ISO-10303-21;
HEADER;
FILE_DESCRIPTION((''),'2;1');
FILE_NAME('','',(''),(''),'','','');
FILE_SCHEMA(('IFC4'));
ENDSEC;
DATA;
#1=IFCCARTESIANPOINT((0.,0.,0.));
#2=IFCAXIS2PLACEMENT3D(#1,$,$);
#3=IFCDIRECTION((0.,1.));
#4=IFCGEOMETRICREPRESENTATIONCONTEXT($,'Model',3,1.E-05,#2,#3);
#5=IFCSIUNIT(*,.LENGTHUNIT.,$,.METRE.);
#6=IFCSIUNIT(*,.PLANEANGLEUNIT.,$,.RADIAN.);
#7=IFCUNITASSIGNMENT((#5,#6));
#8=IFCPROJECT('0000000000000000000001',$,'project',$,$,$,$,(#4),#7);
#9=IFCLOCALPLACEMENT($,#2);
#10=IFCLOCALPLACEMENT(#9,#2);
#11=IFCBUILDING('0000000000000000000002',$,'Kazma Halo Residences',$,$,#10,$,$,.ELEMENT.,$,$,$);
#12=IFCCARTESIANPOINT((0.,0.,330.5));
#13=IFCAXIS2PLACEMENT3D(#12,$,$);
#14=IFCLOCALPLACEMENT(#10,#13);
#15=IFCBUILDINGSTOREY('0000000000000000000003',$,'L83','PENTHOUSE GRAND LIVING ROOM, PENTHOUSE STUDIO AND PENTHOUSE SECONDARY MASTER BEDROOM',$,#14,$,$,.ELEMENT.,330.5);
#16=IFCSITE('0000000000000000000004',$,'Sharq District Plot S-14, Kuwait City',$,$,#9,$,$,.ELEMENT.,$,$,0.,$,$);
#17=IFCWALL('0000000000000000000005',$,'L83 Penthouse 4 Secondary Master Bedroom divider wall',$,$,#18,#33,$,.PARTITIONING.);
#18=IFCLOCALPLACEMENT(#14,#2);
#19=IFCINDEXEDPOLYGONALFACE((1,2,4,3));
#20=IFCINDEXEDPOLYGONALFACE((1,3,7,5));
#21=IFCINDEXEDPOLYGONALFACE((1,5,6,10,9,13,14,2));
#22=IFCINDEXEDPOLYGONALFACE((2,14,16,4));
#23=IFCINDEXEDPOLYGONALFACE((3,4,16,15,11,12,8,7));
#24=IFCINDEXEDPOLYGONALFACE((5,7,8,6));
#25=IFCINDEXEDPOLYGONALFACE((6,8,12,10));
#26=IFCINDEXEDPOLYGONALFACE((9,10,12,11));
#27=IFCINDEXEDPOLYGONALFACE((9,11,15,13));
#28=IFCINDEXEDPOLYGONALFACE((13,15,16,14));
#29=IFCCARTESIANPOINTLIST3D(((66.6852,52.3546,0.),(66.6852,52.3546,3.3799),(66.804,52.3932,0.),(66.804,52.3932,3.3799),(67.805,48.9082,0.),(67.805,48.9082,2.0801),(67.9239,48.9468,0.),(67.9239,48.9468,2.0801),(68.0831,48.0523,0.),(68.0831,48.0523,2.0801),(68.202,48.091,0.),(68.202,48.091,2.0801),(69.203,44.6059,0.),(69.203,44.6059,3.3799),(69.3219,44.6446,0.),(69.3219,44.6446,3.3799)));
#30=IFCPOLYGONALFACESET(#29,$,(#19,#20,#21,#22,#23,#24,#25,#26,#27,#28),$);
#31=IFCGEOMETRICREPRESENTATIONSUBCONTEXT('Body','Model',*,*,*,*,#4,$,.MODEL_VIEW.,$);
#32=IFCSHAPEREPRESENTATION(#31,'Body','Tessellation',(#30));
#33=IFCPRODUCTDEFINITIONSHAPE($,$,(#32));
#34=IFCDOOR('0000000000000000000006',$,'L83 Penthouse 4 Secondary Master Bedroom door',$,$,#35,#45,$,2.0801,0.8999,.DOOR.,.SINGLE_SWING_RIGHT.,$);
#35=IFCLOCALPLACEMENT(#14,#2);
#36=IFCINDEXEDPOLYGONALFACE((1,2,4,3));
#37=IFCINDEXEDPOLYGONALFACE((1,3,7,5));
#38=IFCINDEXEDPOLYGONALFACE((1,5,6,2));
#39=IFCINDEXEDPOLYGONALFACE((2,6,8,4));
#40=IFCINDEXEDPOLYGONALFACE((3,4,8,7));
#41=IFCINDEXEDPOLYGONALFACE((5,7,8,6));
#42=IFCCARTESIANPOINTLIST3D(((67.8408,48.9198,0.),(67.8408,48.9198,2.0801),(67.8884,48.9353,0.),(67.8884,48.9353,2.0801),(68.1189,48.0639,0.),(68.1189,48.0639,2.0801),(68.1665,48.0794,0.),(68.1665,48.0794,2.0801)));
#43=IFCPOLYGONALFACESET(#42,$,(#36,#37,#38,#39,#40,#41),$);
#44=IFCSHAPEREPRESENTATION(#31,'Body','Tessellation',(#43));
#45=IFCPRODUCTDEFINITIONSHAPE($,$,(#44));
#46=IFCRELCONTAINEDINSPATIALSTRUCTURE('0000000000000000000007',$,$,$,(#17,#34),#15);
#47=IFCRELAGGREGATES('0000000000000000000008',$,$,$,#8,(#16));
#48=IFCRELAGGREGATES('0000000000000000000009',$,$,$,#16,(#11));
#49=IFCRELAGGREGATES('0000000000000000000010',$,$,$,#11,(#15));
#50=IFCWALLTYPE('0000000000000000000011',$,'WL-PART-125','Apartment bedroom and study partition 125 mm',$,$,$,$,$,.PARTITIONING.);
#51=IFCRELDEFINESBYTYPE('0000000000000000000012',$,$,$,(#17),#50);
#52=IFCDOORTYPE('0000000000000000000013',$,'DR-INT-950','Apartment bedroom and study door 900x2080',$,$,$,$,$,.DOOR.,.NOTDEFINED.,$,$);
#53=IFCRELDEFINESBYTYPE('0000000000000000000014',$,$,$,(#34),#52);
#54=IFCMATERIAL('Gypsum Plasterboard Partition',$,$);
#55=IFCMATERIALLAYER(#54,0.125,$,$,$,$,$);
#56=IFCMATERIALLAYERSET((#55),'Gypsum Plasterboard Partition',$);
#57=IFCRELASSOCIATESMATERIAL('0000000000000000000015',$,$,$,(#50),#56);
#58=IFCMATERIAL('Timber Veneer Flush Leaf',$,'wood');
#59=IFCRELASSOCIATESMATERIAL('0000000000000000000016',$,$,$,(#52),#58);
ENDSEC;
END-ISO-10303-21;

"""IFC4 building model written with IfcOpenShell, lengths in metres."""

from ifc_helpers import new_model, si_unit, direction, frame, frame_2d, origin, place, context, subcontext, project, spatial, rectangle, extrude, material, layer, layer_set, type_object, element, fill, save


model = new_model("IFC4")

# Units and contexts
model_context = context("Model", 3, precision=1e-05, world=origin(), true_north=direction((0.0, 1.0)))
body_context = subcontext(model_context, "Body", "Model", "MODEL_VIEW")
ifc_project = project(units=[si_unit("LENGTHUNIT", "METRE"), si_unit("PLANEANGLEUNIT", "RADIAN")], contexts=[model_context])

# Site, building, storey
site_placement = place(None, origin())
site = spatial("IfcSite", under=ifc_project, at=site_placement, Name="Sharq District Plot S-14, Kuwait City", CompositionType="ELEMENT", RefElevation=0.0)
building_placement = place(site_placement, origin())
building = spatial("IfcBuilding", under=site, at=building_placement, Name="Kazma Halo Residences", CompositionType="ELEMENT")
storey_placement = place(building_placement, frame((0.0, 0.0, 330.5)))
storey = spatial("IfcBuildingStorey", under=building, at=storey_placement, Name="L83", Description="PENTHOUSE GRAND LIVING ROOM, PENTHOUSE STUDIO AND PENTHOUSE SECONDARY MASTER BEDROOM", CompositionType="ELEMENT", Elevation=330.5)

# Shared definitions
ifc_material_1 = material(Name="Gypsum Plasterboard Partition")
ifc_layer_1 = layer(ifc_material_1, 0.125)
ifc_layer_set_1 = layer_set([ifc_layer_1], Name="Gypsum Plasterboard Partition")
wall_type_1 = type_object("IfcWallType", Name="WL-PART-125", Description="Apartment bedroom and study partition 125 mm", PredefinedType="PARTITIONING", material=ifc_layer_set_1)

# Wall, opening, door
ifc_material_2 = material(Name="Timber Veneer Flush Leaf", Category="wood")
door_type_1 = type_object("IfcDoorType", Name="DR-INT-950", Description="Apartment bedroom and study door 900x2080", OperationType="NOTDEFINED", PredefinedType="DOOR", material=ifc_material_2)
wall_1_placement = place(storey_placement, frame((69.2625, 44.6252, 0.0), z_axis=(0.0, 0.0, 1.0), x_axis=(-0.309036, 0.95105, 0.0)))
wall_1 = element("IfcWall", 1, at=wall_1_placement, inside=storey, type_object=wall_type_1, Name="L83 Penthouse 4 Secondary Master Bedroom divider wall", PredefinedType="PARTITIONING", context=body_context, shape_type="SweptSolid", body=[
    extrude(rectangle(XDim=8.1475, YDim=0.125, at=frame_2d((4.0737, 0.0))), origin(), (0.0, 0.0, 1.0), 3.3799),
])
opening_1_placement = place(wall_1_placement, frame((3.6238, 0.0, 0.0)))
opening_1 = element("IfcOpeningElement", 2, at=opening_1_placement, cuts=wall_1, PredefinedType="OPENING", context=body_context, shape_type="SweptSolid", body=[
    extrude(rectangle(XDim=0.8999, YDim=2.0801, at=frame_2d((0.45, 1.04))), frame((0.0, 0.0725, 0.0), z_axis=(0.0, -1.0, 0.0), x_axis=(1.0, 0.0, 0.0)), (0.0, 0.0, 1.0), 0.145),
])
door_1_placement = place(opening_1_placement, origin())
door_1 = element("IfcDoor", 3, at=door_1_placement, inside=storey, type_object=door_type_1, Name="L83 Penthouse 4 Secondary Master Bedroom door", OperationType="SINGLE_SWING_RIGHT", OverallHeight=2.0801, OverallWidth=0.8999, PredefinedType="DOOR", context=body_context, shape_type="SweptSolid", body=[
    extrude(rectangle(XDim=0.8999, YDim=2.0801, at=frame_2d((0.45, 1.04))), frame((0.0, 0.0249, 0.0), z_axis=(0.0, -1.0, 0.0), x_axis=(1.0, 0.0, 0.0)), (0.0, 0.0, 1.0), 0.05),
])
fill(opening_1, door_1)

save(model, "model.ifc")
